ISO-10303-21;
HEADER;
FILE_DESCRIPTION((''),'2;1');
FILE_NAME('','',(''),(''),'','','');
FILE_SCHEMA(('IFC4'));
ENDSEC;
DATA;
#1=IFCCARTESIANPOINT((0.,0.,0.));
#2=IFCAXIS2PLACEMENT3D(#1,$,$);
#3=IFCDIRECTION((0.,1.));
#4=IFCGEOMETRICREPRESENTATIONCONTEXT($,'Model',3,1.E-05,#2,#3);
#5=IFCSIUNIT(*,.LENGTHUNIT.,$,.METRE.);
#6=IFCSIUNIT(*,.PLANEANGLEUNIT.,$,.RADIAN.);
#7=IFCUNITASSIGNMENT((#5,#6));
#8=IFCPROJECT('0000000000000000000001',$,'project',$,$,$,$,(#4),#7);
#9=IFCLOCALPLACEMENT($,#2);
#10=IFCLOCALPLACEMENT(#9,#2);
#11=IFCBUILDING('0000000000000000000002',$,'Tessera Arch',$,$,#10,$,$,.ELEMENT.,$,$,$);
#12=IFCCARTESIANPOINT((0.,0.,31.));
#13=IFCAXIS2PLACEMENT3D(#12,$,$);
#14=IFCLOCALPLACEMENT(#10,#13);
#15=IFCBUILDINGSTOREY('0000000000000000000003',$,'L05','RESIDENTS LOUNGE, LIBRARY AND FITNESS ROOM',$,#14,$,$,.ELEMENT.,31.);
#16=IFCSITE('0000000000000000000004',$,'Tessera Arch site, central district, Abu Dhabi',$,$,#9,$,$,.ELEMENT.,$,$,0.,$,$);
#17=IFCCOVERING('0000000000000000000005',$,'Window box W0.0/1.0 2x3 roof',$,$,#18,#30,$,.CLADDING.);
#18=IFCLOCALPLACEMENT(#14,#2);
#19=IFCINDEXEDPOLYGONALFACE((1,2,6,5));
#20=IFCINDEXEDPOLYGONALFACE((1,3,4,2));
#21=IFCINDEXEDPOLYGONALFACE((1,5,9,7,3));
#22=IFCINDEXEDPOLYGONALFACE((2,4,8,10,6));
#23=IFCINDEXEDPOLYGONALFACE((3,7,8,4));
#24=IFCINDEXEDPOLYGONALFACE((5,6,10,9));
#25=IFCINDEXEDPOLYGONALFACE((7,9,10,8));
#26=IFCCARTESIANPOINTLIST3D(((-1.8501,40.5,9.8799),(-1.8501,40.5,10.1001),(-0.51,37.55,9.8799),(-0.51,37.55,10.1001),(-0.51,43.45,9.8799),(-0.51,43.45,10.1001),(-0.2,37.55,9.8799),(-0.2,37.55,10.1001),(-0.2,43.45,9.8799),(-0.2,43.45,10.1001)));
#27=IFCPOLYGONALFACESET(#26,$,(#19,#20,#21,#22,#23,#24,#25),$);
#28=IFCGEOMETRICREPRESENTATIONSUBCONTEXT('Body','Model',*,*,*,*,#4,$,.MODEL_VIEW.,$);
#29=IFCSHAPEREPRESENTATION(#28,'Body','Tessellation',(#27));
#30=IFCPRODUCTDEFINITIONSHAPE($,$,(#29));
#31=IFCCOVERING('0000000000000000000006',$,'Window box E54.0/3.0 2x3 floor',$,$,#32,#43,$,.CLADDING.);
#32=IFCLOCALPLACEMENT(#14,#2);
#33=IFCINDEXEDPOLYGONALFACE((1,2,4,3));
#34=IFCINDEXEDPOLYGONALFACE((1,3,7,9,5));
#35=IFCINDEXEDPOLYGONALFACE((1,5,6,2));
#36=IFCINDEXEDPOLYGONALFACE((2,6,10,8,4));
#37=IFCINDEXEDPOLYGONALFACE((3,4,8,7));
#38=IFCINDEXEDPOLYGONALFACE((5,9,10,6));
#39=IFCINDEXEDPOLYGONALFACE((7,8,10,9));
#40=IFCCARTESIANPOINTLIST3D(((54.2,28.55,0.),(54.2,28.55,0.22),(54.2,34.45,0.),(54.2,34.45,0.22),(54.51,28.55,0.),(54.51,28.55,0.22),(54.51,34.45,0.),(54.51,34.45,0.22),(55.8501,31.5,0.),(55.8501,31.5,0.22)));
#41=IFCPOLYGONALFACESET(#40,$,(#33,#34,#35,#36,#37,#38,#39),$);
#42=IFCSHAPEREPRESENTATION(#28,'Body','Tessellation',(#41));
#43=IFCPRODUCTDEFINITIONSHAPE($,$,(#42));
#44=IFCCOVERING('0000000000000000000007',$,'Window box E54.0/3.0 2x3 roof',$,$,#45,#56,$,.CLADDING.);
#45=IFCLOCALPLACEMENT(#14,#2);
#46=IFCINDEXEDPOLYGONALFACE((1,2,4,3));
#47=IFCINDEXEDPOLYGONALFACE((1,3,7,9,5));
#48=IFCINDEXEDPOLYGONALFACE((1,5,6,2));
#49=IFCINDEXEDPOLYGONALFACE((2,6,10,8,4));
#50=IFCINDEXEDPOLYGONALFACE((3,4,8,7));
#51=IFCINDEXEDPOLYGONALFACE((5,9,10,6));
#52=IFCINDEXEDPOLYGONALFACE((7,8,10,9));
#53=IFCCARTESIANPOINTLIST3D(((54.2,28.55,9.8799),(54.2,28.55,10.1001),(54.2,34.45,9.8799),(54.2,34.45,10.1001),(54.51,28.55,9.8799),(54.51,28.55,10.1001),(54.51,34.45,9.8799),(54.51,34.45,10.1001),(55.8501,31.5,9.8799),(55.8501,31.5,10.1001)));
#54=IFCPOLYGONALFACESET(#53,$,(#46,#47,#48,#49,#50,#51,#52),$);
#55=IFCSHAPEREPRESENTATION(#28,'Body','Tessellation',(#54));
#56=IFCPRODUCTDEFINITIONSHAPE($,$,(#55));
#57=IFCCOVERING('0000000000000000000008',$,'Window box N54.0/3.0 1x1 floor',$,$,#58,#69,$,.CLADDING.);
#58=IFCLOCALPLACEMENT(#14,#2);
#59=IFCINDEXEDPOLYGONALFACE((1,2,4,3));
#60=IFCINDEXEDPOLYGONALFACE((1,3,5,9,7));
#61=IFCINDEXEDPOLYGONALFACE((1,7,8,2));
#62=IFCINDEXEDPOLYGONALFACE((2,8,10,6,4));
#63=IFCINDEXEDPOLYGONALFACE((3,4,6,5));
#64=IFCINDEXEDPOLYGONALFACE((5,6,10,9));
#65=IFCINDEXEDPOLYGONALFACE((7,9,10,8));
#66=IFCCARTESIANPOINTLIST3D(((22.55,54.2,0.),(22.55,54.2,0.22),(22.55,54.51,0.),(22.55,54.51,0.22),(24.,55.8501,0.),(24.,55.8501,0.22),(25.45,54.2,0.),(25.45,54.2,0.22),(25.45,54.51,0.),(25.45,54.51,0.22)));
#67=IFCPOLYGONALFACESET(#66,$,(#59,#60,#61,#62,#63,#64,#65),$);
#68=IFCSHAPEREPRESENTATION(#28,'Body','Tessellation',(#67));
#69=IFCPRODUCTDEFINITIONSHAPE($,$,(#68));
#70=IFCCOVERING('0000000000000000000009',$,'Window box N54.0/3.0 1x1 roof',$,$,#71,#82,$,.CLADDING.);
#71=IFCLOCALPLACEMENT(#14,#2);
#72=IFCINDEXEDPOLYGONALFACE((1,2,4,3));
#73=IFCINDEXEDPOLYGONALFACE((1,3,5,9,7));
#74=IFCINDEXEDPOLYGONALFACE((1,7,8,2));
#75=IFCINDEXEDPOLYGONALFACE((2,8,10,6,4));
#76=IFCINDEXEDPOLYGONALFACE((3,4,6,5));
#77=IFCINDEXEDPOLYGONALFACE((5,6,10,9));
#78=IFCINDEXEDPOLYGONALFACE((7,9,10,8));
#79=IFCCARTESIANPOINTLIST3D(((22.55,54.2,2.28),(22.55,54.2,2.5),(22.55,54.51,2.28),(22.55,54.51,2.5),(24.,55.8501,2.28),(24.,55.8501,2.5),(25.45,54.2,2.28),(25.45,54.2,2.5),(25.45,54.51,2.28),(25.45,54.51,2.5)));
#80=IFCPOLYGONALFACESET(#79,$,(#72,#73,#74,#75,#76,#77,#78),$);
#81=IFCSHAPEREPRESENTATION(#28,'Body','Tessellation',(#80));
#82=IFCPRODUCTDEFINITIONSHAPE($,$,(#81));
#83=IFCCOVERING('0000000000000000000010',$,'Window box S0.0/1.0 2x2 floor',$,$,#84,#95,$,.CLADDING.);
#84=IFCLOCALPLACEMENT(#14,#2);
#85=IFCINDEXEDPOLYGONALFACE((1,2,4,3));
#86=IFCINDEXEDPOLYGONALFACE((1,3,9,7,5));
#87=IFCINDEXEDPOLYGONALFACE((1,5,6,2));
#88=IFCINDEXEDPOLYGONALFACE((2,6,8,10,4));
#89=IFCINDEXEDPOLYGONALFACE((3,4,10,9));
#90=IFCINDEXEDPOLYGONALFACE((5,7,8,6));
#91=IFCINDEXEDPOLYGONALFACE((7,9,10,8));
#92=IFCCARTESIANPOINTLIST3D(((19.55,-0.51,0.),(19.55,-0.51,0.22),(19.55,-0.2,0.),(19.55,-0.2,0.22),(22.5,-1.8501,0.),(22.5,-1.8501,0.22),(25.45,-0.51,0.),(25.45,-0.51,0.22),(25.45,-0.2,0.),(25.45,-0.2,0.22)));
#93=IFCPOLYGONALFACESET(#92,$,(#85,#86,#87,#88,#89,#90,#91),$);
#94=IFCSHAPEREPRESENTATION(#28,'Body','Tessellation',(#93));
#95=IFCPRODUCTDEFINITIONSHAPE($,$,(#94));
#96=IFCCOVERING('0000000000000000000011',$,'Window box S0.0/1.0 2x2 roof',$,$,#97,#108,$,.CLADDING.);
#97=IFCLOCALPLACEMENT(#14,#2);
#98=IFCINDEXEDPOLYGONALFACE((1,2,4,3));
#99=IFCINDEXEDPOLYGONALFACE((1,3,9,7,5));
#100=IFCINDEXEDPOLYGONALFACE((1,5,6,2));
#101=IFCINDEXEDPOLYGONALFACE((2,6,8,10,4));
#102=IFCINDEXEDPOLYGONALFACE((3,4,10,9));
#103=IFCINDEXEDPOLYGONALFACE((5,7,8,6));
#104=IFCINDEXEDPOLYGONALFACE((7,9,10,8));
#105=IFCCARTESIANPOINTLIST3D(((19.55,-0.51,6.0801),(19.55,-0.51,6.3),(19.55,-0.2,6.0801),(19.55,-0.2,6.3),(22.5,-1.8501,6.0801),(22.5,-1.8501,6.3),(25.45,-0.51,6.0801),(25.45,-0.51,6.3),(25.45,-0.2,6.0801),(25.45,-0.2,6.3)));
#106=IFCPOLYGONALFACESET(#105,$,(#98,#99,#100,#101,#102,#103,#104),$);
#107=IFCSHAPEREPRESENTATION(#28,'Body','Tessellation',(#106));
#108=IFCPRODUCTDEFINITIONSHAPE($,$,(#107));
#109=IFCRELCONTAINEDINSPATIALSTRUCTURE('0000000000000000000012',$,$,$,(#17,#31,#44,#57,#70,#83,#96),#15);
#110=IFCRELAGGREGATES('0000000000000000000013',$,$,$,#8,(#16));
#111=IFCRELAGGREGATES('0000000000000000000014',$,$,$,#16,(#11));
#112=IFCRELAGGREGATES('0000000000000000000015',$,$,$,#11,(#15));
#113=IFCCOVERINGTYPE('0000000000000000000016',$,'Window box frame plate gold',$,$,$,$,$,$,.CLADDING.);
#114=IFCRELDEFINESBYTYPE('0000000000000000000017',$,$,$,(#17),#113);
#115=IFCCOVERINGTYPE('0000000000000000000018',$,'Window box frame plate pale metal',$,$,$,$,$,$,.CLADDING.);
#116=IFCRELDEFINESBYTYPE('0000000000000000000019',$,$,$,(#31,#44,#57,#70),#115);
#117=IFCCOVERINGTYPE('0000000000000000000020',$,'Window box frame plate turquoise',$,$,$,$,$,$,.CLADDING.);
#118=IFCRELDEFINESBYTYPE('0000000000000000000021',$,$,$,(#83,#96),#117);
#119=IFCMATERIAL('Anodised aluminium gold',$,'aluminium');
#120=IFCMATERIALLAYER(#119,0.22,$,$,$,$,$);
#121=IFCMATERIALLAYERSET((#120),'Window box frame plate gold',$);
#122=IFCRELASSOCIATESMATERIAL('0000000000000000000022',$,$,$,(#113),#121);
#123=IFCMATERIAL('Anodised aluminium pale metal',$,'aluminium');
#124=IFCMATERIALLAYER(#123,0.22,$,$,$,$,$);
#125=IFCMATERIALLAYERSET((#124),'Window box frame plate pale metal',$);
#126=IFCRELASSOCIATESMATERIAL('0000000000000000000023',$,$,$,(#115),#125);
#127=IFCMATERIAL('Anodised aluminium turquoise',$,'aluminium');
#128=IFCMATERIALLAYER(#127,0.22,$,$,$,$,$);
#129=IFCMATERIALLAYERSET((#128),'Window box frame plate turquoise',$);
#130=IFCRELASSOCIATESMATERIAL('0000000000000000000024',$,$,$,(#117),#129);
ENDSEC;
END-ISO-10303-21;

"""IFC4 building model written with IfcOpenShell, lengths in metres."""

from ifc_helpers import new_model, si_unit, direction, frame, origin, place, context, subcontext, project, spatial, polyline, outline, extrude, material, layer, layer_set, type_object, element, save


model = new_model("IFC4")

# Units and contexts
model_context = context("Model", 3, precision=1e-05, world=origin(), true_north=direction((0.0, 1.0)))
body_context = subcontext(model_context, "Body", "Model", "MODEL_VIEW")
ifc_project = project(units=[si_unit("LENGTHUNIT", "METRE"), si_unit("PLANEANGLEUNIT", "RADIAN")], contexts=[model_context])

# Site, building, storey
site_placement = place(None, origin())
site = spatial("IfcSite", under=ifc_project, at=site_placement, Name="Tessera Arch site, central district, Abu Dhabi", CompositionType="ELEMENT", RefElevation=0.0)
building_placement = place(site_placement, origin())
building = spatial("IfcBuilding", under=site, at=building_placement, Name="Tessera Arch", CompositionType="ELEMENT")
storey_placement = place(building_placement, frame((0.0, 0.0, 31.0)))
storey = spatial("IfcBuildingStorey", under=building, at=storey_placement, Name="L05", Description="RESIDENTS LOUNGE, LIBRARY AND FITNESS ROOM", CompositionType="ELEMENT", Elevation=31.0)

# Coverings
ifc_material_1 = material(Name="Anodised aluminium gold", Category="aluminium")
ifc_layer_1 = layer(ifc_material_1, 0.22)
ifc_layer_set_1 = layer_set([ifc_layer_1], Name="Window box frame plate gold")
covering_type_1 = type_object("IfcCoveringType", Name="Window box frame plate gold", PredefinedType="CLADDING", material=ifc_layer_set_1)
covering_1_placement = place(storey_placement, frame((0.0, 0.0, 9.8799)))
element("IfcCovering", 1, at=covering_1_placement, inside=storey, type_object=covering_type_1, Name="Window box W0.0/1.0 2x3 roof", PredefinedType="CLADDING", context=body_context, shape_type="SweptSolid", body=[
    extrude(outline(polyline([(-0.51, 43.45), (-1.8501, 40.5), (-0.51, 37.55), (-0.2, 37.55), (-0.2, 43.45), (-0.51, 43.45)])), origin(), (0.0, 0.0, 1.0), 0.2202),
])
ifc_material_2 = material(Name="Anodised aluminium pale metal", Category="aluminium")
ifc_layer_2 = layer(ifc_material_2, 0.22)
ifc_layer_set_2 = layer_set([ifc_layer_2], Name="Window box frame plate pale metal")
covering_type_2 = type_object("IfcCoveringType", Name="Window box frame plate pale metal", PredefinedType="CLADDING", material=ifc_layer_set_2)
covering_2_placement = place(storey_placement, origin())
element("IfcCovering", 2, at=covering_2_placement, inside=storey, type_object=covering_type_2, Name="Window box E54.0/3.0 2x3 floor", PredefinedType="CLADDING", context=body_context, shape_type="SweptSolid", body=[
    extrude(outline(polyline([(54.51, 28.55), (55.8501, 31.5), (54.51, 34.45), (54.2, 34.45), (54.2, 28.55), (54.51, 28.55)])), origin(), (0.0, 0.0, 1.0), 0.22),
])
covering_3_placement = place(storey_placement, frame((0.0, 0.0, 9.8799)))
element("IfcCovering", 3, at=covering_3_placement, inside=storey, type_object=covering_type_2, Name="Window box E54.0/3.0 2x3 roof", PredefinedType="CLADDING", context=body_context, shape_type="SweptSolid", body=[
    extrude(outline(polyline([(54.51, 28.55), (55.8501, 31.5), (54.51, 34.45), (54.2, 34.45), (54.2, 28.55), (54.51, 28.55)])), origin(), (0.0, 0.0, 1.0), 0.2202),
])
for number, where, name in (
    (4, (0.0, 0.0, 0.0), "Window box N54.0/3.0 1x1 floor"),
    (5, (0.0, 0.0, 2.28), "Window box N54.0/3.0 1x1 roof"),
):
    element("IfcCovering", number, at=place(storey_placement, frame(where)), inside=storey, type_object=covering_type_2, Name=name, PredefinedType="CLADDING", context=body_context, shape_type="SweptSolid", body=[
        extrude(outline(polyline([(25.45, 54.51), (24.0, 55.8501), (22.55, 54.51), (22.55, 54.2), (25.45, 54.2), (25.45, 54.51)])), origin(), (0.0, 0.0, 1.0), 0.22),
    ])
ifc_material_3 = material(Name="Anodised aluminium turquoise", Category="aluminium")
ifc_layer_3 = layer(ifc_material_3, 0.22)
ifc_layer_set_3 = layer_set([ifc_layer_3], Name="Window box frame plate turquoise")
covering_type_3 = type_object("IfcCoveringType", Name="Window box frame plate turquoise", PredefinedType="CLADDING", material=ifc_layer_set_3)
for number, where, name in (
    (6, (0.0, 0.0, 0.0), "Window box S0.0/1.0 2x2 floor"),
    (7, (0.0, 0.0, 6.0801), "Window box S0.0/1.0 2x2 roof"),
):
    element("IfcCovering", number, at=place(storey_placement, frame(where)), inside=storey, type_object=covering_type_3, Name=name, PredefinedType="CLADDING", context=body_context, shape_type="SweptSolid", body=[
        extrude(outline(polyline([(19.55, -0.51), (22.5, -1.8501), (25.45, -0.51), (25.45, -0.2), (19.55, -0.2), (19.55, -0.51)])), origin(), (0.0, 0.0, 1.0), 0.22),
    ])

save(model, "model.ifc")
